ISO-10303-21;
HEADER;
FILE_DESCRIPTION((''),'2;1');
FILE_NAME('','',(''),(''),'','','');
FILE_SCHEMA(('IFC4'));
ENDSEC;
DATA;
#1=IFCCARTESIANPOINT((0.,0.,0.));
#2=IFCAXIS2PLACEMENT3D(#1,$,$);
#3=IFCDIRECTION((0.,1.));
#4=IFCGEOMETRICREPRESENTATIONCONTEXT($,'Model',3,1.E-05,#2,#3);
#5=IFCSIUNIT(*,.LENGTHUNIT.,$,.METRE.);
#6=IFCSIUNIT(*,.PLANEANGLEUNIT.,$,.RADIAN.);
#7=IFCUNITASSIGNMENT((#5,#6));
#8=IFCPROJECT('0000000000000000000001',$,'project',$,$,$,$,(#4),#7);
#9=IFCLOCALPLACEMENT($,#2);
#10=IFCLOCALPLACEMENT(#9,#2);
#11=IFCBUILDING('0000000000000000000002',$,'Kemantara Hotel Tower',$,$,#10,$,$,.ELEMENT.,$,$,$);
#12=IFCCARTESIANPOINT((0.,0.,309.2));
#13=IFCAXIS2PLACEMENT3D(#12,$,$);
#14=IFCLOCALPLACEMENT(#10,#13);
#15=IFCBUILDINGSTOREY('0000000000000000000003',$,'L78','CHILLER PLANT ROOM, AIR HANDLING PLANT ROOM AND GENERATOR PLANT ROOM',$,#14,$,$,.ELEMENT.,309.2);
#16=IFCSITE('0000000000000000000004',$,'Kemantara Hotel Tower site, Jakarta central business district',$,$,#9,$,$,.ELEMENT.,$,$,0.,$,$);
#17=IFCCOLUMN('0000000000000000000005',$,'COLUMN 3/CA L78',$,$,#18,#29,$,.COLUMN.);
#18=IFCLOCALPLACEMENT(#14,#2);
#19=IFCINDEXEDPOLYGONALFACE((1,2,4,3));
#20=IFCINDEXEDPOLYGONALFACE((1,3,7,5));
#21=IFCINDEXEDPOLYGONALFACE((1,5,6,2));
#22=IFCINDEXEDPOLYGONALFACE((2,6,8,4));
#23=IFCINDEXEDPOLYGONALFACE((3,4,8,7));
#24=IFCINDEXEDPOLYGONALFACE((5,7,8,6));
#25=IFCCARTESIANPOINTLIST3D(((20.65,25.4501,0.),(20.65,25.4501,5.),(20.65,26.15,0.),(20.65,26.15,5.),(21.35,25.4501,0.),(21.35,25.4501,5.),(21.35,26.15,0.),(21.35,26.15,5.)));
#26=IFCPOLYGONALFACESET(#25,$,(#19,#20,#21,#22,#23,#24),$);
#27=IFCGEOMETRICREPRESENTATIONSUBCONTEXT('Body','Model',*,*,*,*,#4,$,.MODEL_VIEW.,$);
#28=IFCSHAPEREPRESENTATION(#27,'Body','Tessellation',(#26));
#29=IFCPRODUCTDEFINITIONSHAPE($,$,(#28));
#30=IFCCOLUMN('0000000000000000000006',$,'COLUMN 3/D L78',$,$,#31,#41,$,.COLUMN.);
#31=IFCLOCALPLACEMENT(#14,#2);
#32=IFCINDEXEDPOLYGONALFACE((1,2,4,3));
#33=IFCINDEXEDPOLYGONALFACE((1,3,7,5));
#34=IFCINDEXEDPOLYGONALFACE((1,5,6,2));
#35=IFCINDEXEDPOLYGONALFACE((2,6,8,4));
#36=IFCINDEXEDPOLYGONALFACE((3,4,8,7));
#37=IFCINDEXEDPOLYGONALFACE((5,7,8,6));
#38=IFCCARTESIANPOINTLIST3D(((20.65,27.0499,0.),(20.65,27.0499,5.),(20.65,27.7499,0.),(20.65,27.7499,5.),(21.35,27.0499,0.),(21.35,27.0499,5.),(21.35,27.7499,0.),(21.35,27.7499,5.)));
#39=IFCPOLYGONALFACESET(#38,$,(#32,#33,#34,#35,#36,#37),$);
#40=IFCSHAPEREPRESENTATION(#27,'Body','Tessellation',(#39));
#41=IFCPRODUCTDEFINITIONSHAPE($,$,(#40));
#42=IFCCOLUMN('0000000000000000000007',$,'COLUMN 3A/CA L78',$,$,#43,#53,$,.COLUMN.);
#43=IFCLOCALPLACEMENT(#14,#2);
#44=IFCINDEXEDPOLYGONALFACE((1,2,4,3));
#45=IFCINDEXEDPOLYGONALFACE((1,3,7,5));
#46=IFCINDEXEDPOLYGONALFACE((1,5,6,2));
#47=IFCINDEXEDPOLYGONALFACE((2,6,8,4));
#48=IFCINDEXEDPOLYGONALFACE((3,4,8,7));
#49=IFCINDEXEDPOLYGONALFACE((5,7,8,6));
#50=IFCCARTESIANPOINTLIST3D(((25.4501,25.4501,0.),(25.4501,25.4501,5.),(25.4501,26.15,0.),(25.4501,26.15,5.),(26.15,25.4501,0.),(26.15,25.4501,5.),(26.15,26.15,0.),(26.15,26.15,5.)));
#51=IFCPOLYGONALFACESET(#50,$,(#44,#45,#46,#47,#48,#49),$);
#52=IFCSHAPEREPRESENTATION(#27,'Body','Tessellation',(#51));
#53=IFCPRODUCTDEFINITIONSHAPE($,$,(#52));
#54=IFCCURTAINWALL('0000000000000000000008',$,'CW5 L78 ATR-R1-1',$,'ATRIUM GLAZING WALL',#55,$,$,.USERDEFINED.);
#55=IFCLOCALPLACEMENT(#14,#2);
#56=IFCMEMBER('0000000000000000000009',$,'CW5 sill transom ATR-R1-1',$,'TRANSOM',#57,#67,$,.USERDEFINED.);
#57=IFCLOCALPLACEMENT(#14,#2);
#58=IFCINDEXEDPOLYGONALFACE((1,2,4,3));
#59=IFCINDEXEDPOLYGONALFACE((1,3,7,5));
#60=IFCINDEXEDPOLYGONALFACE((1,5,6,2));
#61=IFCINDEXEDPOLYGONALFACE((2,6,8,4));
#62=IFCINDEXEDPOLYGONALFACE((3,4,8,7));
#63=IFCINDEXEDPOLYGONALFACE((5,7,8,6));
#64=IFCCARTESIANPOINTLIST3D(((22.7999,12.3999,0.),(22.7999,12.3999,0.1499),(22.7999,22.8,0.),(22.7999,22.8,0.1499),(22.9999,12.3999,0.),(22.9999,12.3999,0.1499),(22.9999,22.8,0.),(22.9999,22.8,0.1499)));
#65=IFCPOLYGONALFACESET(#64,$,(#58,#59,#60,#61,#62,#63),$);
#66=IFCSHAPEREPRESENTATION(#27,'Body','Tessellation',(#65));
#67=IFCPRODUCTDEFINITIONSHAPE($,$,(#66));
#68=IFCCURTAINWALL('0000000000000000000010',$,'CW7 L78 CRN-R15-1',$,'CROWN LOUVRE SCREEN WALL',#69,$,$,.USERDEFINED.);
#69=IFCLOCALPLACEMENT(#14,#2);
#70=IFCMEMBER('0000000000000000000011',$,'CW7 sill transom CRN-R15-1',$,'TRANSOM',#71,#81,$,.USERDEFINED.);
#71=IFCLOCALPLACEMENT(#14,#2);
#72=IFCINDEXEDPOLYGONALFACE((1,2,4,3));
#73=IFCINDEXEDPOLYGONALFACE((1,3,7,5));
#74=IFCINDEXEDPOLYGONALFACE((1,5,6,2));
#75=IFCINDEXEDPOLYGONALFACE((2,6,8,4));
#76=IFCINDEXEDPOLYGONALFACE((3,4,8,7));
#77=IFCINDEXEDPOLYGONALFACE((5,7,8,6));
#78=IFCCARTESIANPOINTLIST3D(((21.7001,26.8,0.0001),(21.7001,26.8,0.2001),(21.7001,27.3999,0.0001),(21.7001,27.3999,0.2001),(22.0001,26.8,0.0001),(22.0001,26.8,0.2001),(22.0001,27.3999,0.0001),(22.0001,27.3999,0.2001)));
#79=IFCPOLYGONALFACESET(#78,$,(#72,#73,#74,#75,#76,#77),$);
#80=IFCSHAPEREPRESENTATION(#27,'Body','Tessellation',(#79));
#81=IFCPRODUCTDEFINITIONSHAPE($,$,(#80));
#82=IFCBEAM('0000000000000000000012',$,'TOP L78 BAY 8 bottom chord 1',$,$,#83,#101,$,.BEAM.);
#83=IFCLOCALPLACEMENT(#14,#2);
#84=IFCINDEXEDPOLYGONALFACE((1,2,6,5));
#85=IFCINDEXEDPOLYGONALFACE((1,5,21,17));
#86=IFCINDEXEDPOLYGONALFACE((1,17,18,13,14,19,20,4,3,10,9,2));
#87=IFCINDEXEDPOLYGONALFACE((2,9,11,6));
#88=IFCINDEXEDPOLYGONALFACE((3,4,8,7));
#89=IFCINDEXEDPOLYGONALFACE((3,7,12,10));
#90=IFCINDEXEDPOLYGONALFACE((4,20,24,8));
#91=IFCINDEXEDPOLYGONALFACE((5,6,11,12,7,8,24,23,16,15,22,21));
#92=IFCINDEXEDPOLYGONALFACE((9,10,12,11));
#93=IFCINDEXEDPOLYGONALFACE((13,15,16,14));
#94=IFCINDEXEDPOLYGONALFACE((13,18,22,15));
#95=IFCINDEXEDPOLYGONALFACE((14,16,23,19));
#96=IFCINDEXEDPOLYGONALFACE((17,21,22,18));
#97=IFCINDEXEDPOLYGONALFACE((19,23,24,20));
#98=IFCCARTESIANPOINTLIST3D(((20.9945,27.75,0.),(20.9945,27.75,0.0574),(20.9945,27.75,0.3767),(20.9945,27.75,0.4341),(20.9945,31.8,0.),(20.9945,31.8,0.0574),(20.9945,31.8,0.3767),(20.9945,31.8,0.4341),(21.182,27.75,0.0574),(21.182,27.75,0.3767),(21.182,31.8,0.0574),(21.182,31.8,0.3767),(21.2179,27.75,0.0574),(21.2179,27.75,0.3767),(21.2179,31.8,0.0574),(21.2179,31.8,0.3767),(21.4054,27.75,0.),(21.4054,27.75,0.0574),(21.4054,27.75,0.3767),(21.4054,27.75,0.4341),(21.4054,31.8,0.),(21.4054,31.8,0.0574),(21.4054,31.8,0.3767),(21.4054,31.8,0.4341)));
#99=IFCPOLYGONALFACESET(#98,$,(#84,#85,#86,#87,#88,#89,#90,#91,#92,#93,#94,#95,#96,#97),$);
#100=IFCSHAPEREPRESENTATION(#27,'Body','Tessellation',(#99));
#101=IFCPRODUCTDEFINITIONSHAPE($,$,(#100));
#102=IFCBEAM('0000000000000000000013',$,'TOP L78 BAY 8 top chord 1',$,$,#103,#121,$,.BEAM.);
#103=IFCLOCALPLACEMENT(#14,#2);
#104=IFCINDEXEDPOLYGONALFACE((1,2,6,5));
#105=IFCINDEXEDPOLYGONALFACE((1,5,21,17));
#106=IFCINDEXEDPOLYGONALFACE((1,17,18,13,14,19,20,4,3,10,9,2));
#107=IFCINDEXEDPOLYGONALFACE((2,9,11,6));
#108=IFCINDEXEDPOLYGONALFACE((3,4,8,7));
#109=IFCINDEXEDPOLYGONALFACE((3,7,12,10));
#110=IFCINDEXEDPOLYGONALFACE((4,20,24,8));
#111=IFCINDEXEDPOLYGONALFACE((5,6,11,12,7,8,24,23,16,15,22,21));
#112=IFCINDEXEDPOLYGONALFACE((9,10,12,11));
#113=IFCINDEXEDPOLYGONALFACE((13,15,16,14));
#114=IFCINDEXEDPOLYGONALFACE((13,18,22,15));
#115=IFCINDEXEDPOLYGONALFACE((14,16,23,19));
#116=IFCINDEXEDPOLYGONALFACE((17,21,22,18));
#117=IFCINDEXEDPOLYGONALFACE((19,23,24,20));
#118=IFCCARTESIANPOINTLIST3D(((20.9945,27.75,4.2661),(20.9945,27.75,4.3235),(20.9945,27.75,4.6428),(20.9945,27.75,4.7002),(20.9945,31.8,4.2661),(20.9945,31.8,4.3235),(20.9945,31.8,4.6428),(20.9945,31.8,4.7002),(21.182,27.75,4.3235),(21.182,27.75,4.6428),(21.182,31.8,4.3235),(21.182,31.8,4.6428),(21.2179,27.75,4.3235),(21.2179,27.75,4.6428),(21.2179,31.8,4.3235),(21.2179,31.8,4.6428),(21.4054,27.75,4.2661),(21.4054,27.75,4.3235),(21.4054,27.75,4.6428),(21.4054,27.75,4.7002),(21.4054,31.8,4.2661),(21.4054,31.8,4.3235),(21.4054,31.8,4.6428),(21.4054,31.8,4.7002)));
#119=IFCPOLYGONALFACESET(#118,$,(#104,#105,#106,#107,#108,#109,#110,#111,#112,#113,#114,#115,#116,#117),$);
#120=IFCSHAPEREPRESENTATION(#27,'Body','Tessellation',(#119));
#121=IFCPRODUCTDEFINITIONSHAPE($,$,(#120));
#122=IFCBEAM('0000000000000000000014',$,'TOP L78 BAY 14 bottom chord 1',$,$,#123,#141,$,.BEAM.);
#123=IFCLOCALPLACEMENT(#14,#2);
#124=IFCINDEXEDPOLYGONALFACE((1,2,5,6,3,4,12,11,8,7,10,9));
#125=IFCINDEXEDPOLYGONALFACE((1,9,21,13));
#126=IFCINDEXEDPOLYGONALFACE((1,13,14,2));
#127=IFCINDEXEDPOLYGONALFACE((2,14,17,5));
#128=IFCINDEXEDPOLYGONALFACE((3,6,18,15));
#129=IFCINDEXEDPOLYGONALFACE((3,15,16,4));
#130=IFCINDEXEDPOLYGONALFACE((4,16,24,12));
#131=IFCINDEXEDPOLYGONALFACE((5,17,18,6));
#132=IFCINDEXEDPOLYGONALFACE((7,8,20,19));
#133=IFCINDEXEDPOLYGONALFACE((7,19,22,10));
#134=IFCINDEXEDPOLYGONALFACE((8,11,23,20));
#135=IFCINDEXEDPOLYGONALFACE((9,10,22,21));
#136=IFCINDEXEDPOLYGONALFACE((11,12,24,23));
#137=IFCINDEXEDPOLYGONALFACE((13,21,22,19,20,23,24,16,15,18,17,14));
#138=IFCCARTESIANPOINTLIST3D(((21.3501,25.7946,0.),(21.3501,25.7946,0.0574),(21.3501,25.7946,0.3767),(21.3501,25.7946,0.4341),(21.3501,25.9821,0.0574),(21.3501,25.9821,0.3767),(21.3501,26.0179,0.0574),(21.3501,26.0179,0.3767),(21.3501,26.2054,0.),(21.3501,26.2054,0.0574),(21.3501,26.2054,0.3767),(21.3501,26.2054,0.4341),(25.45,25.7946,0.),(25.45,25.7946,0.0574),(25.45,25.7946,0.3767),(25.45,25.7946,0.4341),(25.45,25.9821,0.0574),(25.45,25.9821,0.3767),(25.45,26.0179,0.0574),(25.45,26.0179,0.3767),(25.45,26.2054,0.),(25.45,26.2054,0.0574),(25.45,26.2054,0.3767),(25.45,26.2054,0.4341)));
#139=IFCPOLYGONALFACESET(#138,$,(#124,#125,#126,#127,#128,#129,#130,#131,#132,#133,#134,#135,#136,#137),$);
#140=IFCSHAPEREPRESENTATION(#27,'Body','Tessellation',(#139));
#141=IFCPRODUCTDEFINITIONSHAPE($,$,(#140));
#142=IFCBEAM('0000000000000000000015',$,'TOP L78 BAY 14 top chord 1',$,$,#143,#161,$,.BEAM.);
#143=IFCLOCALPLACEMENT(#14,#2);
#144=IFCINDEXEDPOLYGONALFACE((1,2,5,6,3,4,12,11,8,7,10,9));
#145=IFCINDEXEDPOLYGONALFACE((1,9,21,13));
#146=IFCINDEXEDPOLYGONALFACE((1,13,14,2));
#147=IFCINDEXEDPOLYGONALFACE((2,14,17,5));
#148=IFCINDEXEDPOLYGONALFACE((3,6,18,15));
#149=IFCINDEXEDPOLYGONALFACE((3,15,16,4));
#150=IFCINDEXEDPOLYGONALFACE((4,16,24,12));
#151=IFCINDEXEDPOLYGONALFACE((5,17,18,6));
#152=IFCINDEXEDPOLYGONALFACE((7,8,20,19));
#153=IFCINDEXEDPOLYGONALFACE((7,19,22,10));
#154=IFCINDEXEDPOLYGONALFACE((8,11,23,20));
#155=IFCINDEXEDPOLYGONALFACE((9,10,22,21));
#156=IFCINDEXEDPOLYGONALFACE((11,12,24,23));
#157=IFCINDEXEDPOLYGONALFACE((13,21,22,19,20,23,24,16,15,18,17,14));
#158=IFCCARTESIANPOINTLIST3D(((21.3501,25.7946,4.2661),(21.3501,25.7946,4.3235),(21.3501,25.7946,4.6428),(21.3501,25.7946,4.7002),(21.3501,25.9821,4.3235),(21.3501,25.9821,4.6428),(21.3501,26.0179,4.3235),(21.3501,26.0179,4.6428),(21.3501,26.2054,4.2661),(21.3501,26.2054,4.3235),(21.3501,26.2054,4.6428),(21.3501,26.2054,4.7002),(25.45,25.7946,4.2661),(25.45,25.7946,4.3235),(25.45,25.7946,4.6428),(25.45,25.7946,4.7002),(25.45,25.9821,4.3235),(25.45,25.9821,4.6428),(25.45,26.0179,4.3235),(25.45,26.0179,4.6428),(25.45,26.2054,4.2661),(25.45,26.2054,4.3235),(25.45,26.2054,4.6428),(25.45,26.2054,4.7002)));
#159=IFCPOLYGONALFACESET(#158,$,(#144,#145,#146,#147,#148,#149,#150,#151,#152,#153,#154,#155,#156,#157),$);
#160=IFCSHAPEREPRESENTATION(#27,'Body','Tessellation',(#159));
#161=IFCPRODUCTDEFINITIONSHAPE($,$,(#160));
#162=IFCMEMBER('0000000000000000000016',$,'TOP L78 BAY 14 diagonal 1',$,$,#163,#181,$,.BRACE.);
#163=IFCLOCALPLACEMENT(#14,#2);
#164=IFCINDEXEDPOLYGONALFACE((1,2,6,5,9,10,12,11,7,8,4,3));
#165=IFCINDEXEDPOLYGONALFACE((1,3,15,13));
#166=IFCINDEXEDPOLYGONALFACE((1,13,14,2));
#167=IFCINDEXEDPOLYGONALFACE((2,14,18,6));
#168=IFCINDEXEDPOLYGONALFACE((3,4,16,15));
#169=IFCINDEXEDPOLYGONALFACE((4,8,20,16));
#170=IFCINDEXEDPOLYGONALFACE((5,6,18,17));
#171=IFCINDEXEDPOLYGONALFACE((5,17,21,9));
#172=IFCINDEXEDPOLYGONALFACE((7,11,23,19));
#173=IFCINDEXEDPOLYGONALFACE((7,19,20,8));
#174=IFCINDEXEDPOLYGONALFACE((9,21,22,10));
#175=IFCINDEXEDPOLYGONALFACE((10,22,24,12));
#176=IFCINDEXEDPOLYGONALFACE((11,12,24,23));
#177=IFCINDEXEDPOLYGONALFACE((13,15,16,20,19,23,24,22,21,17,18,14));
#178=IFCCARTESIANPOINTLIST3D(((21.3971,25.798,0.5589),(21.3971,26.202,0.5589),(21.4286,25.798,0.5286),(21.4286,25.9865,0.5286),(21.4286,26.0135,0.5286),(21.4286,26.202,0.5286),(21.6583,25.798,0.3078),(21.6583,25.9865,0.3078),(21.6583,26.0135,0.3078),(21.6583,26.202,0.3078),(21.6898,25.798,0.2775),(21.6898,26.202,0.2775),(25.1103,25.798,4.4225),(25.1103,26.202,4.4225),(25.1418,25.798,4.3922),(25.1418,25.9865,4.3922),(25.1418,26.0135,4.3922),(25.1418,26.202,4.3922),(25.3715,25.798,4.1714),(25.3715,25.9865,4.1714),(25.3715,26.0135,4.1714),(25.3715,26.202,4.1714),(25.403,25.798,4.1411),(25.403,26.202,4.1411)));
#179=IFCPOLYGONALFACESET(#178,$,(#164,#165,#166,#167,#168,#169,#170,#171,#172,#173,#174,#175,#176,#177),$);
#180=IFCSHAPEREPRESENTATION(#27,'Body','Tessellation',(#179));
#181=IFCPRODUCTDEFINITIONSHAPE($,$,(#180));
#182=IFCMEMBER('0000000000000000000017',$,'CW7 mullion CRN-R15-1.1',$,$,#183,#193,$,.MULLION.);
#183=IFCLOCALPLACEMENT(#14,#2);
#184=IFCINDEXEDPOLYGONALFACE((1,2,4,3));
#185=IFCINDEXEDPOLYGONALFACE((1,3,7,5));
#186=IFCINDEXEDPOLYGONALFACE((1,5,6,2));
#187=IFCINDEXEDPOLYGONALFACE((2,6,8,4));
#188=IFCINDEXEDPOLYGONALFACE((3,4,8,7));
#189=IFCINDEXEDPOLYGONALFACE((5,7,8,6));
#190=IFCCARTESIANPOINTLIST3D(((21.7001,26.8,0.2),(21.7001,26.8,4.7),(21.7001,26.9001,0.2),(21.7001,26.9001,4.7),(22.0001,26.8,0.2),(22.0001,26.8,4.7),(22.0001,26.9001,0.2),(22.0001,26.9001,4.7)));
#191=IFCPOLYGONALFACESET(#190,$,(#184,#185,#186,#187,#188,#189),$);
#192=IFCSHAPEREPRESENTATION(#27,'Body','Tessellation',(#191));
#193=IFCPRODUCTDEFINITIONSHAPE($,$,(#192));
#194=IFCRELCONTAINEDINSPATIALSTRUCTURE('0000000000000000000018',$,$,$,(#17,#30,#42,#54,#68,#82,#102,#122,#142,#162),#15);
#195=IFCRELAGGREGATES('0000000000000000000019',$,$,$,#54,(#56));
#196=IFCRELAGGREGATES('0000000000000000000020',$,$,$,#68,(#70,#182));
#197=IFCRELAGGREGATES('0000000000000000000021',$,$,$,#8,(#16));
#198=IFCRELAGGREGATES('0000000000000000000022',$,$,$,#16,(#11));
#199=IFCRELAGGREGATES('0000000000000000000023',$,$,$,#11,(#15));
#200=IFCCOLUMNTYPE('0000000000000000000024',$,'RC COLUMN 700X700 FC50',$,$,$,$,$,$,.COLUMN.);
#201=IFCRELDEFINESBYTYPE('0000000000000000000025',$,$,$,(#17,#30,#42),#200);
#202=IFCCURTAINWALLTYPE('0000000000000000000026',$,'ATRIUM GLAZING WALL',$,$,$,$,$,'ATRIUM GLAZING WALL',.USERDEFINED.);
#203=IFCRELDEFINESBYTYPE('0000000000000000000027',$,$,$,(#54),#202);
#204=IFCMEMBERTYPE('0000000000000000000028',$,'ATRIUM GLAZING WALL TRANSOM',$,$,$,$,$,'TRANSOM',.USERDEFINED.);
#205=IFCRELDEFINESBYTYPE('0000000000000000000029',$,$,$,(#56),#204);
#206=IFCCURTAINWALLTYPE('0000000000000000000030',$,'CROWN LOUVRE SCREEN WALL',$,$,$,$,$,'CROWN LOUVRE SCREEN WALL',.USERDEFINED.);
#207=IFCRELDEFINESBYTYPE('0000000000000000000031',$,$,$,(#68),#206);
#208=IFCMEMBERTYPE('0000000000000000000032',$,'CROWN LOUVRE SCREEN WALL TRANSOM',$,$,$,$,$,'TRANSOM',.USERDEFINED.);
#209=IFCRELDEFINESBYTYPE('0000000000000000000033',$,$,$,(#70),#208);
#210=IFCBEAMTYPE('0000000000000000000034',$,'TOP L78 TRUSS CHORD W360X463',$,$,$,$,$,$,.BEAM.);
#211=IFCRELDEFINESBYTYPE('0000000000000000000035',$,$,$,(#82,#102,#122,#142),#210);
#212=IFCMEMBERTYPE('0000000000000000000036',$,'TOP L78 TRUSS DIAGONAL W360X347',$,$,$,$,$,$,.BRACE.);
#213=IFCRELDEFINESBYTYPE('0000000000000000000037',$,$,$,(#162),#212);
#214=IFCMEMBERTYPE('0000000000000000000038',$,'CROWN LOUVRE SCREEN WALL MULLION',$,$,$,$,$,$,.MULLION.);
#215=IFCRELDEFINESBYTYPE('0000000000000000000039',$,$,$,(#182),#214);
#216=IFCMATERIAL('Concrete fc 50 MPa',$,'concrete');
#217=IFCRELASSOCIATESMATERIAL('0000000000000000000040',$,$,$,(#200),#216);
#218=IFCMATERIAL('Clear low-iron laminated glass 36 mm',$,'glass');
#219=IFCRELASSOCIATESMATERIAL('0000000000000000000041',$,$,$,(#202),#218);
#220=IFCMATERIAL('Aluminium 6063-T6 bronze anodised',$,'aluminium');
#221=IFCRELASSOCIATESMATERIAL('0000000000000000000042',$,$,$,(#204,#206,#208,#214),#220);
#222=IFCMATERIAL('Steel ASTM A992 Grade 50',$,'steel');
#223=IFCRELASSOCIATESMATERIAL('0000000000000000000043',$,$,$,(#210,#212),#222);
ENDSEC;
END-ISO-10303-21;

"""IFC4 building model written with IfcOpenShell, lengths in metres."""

from ifc_helpers import new_model, si_unit, direction, frame, origin, origin_2d, place, context, subcontext, project, spatial, rectangle, i_section, extrude, source, transform, mapped, material, material_profile, profile_set, type_object, element, aggregate, save


model = new_model("IFC4")

# Units and contexts
model_context = context("Model", 3, precision=1e-05, world=origin(), true_north=direction((0.0, 1.0)))
body_context = subcontext(model_context, "Body", "Model", "MODEL_VIEW")
ifc_project = project(units=[si_unit("LENGTHUNIT", "METRE"), si_unit("PLANEANGLEUNIT", "RADIAN")], contexts=[model_context])

# Site, building, storey
site_placement = place(None, origin())
site = spatial("IfcSite", under=ifc_project, at=site_placement, Name="Kemantara Hotel Tower site, Jakarta central business district", CompositionType="ELEMENT", RefElevation=0.0)
building_placement = place(site_placement, origin())
building = spatial("IfcBuilding", under=site, at=building_placement, Name="Kemantara Hotel Tower", CompositionType="ELEMENT")
storey_placement = place(building_placement, frame((0.0, 0.0, 309.2)))
storey = spatial("IfcBuildingStorey", under=building, at=storey_placement, Name="L78", Description="CHILLER PLANT ROOM, AIR HANDLING PLANT ROOM AND GENERATOR PLANT ROOM", CompositionType="ELEMENT", Elevation=309.2)

# Columns
ifc_material_1 = material(Name="Concrete fc 50 MPa", Category="concrete")
ifc_material_profile_1 = material_profile(ifc_material_1, rectangle(XDim=0.7, YDim=0.7, at=origin_2d()), Name="RC 700X700")
ifc_profile_set_1 = profile_set([ifc_material_profile_1], Name="Concrete fc 50 MPa")
column_type = type_object("IfcColumnType", Name="RC COLUMN 700X700 FC50", PredefinedType="COLUMN", material=ifc_profile_set_1)
for number, where, z_axis, x_axis, name in (
    (1, (21.0, 25.8, 0.0), (0.0, 0.0, 1.0), (1.0, 0.0, 0.0), "COLUMN 3/CA L78"),
    (2, (21.0, 27.3999, 0.0), (0.0, 0.0, 1.0), (1.0, 0.0, 0.0), "COLUMN 3/D L78"),
    (3, (25.8, 25.8, 0.0), (0.0, 0.0, 1.0), (1.0, 0.0, 0.0), "COLUMN 3A/CA L78"),
):
    element("IfcColumn", number, at=place(storey_placement, frame(where, z_axis=z_axis, x_axis=x_axis)), inside=storey, type_object=column_type, Name=name, PredefinedType="COLUMN", context=body_context, shape_type="SweptSolid", body=[
        extrude(rectangle(XDim=0.7, YDim=0.7, at=origin_2d()), origin(), (0.0, 0.0, 1.0), 5.0),
    ])

# Curtain walls, members
ifc_material_2 = material(Name="Clear low-iron laminated glass 36 mm", Category="glass")
curtain_wall_type_1 = type_object("IfcCurtainWallType", Name="ATRIUM GLAZING WALL", ElementType="ATRIUM GLAZING WALL", PredefinedType="USERDEFINED", material=ifc_material_2)
curtain_wall_1_placement = place(storey_placement, origin())
curtain_wall_1 = element("IfcCurtainWall", 4, at=curtain_wall_1_placement, inside=storey, type_object=curtain_wall_type_1, Name="CW5 L78 ATR-R1-1", ObjectType="ATRIUM GLAZING WALL", PredefinedType="USERDEFINED")
ifc_material_3 = material(Name="Aluminium 6063-T6 bronze anodised", Category="aluminium")
ifc_material_profile_2 = material_profile(ifc_material_3, rectangle(XDim=0.2, YDim=0.1499, at=origin_2d()), Name="ATRIUM GLAZING WALL TRANSOM")
ifc_profile_set_2 = profile_set([ifc_material_profile_2], Name="Aluminium 6063-T6 bronze anodised")
member_type_1 = type_object("IfcMemberType", Name="ATRIUM GLAZING WALL TRANSOM", ElementType="TRANSOM", PredefinedType="USERDEFINED", material=ifc_profile_set_2)
member_1_placement = place(storey_placement, frame((22.8999, 22.8, 0.075), z_axis=(0.0, -1.0, 0.0), x_axis=(1.0, 0.0, 0.0)))
member_1 = element("IfcMember", 5, at=member_1_placement, type_object=member_type_1, Name="CW5 sill transom ATR-R1-1", ObjectType="TRANSOM", PredefinedType="USERDEFINED", context=body_context, shape_type="SweptSolid", body=[
    extrude(rectangle(XDim=0.2, YDim=0.1499, at=origin_2d()), origin(), (0.0, 0.0, 1.0), 10.4001),
])
curtain_wall_type_2 = type_object("IfcCurtainWallType", Name="CROWN LOUVRE SCREEN WALL", ElementType="CROWN LOUVRE SCREEN WALL", PredefinedType="USERDEFINED", material=ifc_material_3)
curtain_wall_2_placement = place(storey_placement, origin())
curtain_wall_2 = element("IfcCurtainWall", 6, at=curtain_wall_2_placement, inside=storey, type_object=curtain_wall_type_2, Name="CW7 L78 CRN-R15-1", ObjectType="CROWN LOUVRE SCREEN WALL", PredefinedType="USERDEFINED")
ifc_material_profile_3 = material_profile(ifc_material_3, rectangle(XDim=0.3, YDim=0.2, at=origin_2d()), Name="CROWN LOUVRE SCREEN WALL TRANSOM")
ifc_profile_set_3 = profile_set([ifc_material_profile_3], Name="Aluminium 6063-T6 bronze anodised")
member_type_2 = type_object("IfcMemberType", Name="CROWN LOUVRE SCREEN WALL TRANSOM", ElementType="TRANSOM", PredefinedType="USERDEFINED", material=ifc_profile_set_3)
member_2_placement = place(storey_placement, frame((21.8501, 26.8, 0.1001), z_axis=(0.0, 1.0, 0.0), x_axis=(-1.0, 0.0, 0.0)))
member_2 = element("IfcMember", 7, at=member_2_placement, type_object=member_type_2, Name="CW7 sill transom CRN-R15-1", ObjectType="TRANSOM", PredefinedType="USERDEFINED", context=body_context, shape_type="SweptSolid", body=[
    extrude(rectangle(XDim=0.3, YDim=0.2, at=origin_2d()), origin(), (0.0, 0.0, 1.0), 0.5999),
])

# Beams
ifc_material_4 = material(Name="Steel ASTM A992 Grade 50", Category="steel")
ifc_material_profile_4 = material_profile(ifc_material_4, i_section(OverallWidth=0.4109, OverallDepth=0.4341, WebThickness=0.0359, FlangeThickness=0.0574, at=origin_2d()), Name="W360X463")
ifc_profile_set_4 = profile_set([ifc_material_profile_4], Name="Steel ASTM A992 Grade 50")
beam_type = type_object("IfcBeamType", Name="TOP L78 TRUSS CHORD W360X463", PredefinedType="BEAM", material=ifc_profile_set_4)
for number, where, z_axis, x_axis, name in (
    (8, (21.2, 27.75, 0.217), (0.0, 1.0, 0.0), (-1.0, 0.0, 0.0), "TOP L78 BAY 8 bottom chord 1"),
    (9, (21.2, 27.75, 4.4832), (0.0, 1.0, 0.0), (-1.0, 0.0, 0.0), "TOP L78 BAY 8 top chord 1"),
):
    element("IfcBeam", number, at=place(storey_placement, frame(where, z_axis=z_axis, x_axis=x_axis)), inside=storey, type_object=beam_type, Name=name, PredefinedType="BEAM", context=body_context, shape_type="SweptSolid", body=[
        extrude(i_section(OverallWidth=0.4109, OverallDepth=0.4341, WebThickness=0.0359, FlangeThickness=0.0574, at=origin_2d()), origin(), (0.0, 0.0, 1.0), 4.05),
    ])
for number, where, z_axis, x_axis, name in (
    (10, (21.3501, 26.0, 0.217), (1.0, 0.0, 0.0), (0.0, 1.0, 0.0), "TOP L78 BAY 14 bottom chord 1"),
    (11, (21.3501, 26.0, 4.4832), (1.0, 0.0, 0.0), (0.0, 1.0, 0.0), "TOP L78 BAY 14 top chord 1"),
):
    element("IfcBeam", number, at=place(storey_placement, frame(where, z_axis=z_axis, x_axis=x_axis)), inside=storey, type_object=beam_type, Name=name, PredefinedType="BEAM", context=body_context, shape_type="SweptSolid", body=[
        extrude(i_section(OverallWidth=0.4109, OverallDepth=0.4341, WebThickness=0.0359, FlangeThickness=0.0574, at=origin_2d()), origin(), (0.0, 0.0, 1.0), 4.0999),
    ])

# Members
ifc_material_profile_5 = material_profile(ifc_material_4, i_section(OverallWidth=0.4041, OverallDepth=0.406, WebThickness=0.0271, FlangeThickness=0.0437, at=origin_2d()), Name="W360X347")
ifc_profile_set_5 = profile_set([ifc_material_profile_5], Name="Steel ASTM A992 Grade 50")
member_type_3 = type_object("IfcMemberType", Name="TOP L78 TRUSS DIAGONAL W360X347", PredefinedType="BRACE", material=ifc_profile_set_5)
member_3_placement = place(storey_placement, frame((21.5435, 26.0, 0.4182), z_axis=(0.692935, 0.0, 0.721), x_axis=(0.0, 1.0, 0.0)))
element("IfcMember", 12, at=member_3_placement, inside=storey, type_object=member_type_3, Name="TOP L78 BAY 14 diagonal 1", PredefinedType="BRACE", context=body_context, shape_type="SweptSolid", body=[
    extrude(i_section(OverallWidth=0.4041, OverallDepth=0.406, WebThickness=0.0271, FlangeThickness=0.0437, at=origin_2d()), origin(), (0.0, 0.0, 1.0), 5.3586),
])
ifc_material_profile_6 = material_profile(ifc_material_3, rectangle(XDim=0.3, YDim=0.1001, at=origin_2d()), Name="CROWN LOUVRE SCREEN WALL MULLION")
ifc_profile_set_6 = profile_set([ifc_material_profile_6], Name="Aluminium 6063-T6 bronze anodised")
member_type_4 = type_object("IfcMemberType", Name="CROWN LOUVRE SCREEN WALL MULLION", PredefinedType="MULLION", material=ifc_profile_set_6)
shared_shape_1 = source(origin(), body_context, "Body", "SweptSolid", [
    extrude(rectangle(XDim=0.3, YDim=0.1001, at=origin_2d()), origin(), (0.0, 0.0, 1.0), 4.5),
])
member_4_placement = place(storey_placement, frame((21.8501, 26.8501, 0.2), z_axis=(0.0, 0.0, 1.0), x_axis=(-1.0, 0.0, 0.0)))
member_4 = element("IfcMember", 13, at=member_4_placement, type_object=member_type_4, Name="CW7 mullion CRN-R15-1.1", PredefinedType="MULLION", context=body_context, shape_type="MappedRepresentation", body=[
    mapped(shared_shape_1, transform((0.0, 0.0, 0.0))),
])

aggregate(curtain_wall_1, [member_1])

aggregate(curtain_wall_2, [member_2, member_4])

save(model, "model.ifc")
